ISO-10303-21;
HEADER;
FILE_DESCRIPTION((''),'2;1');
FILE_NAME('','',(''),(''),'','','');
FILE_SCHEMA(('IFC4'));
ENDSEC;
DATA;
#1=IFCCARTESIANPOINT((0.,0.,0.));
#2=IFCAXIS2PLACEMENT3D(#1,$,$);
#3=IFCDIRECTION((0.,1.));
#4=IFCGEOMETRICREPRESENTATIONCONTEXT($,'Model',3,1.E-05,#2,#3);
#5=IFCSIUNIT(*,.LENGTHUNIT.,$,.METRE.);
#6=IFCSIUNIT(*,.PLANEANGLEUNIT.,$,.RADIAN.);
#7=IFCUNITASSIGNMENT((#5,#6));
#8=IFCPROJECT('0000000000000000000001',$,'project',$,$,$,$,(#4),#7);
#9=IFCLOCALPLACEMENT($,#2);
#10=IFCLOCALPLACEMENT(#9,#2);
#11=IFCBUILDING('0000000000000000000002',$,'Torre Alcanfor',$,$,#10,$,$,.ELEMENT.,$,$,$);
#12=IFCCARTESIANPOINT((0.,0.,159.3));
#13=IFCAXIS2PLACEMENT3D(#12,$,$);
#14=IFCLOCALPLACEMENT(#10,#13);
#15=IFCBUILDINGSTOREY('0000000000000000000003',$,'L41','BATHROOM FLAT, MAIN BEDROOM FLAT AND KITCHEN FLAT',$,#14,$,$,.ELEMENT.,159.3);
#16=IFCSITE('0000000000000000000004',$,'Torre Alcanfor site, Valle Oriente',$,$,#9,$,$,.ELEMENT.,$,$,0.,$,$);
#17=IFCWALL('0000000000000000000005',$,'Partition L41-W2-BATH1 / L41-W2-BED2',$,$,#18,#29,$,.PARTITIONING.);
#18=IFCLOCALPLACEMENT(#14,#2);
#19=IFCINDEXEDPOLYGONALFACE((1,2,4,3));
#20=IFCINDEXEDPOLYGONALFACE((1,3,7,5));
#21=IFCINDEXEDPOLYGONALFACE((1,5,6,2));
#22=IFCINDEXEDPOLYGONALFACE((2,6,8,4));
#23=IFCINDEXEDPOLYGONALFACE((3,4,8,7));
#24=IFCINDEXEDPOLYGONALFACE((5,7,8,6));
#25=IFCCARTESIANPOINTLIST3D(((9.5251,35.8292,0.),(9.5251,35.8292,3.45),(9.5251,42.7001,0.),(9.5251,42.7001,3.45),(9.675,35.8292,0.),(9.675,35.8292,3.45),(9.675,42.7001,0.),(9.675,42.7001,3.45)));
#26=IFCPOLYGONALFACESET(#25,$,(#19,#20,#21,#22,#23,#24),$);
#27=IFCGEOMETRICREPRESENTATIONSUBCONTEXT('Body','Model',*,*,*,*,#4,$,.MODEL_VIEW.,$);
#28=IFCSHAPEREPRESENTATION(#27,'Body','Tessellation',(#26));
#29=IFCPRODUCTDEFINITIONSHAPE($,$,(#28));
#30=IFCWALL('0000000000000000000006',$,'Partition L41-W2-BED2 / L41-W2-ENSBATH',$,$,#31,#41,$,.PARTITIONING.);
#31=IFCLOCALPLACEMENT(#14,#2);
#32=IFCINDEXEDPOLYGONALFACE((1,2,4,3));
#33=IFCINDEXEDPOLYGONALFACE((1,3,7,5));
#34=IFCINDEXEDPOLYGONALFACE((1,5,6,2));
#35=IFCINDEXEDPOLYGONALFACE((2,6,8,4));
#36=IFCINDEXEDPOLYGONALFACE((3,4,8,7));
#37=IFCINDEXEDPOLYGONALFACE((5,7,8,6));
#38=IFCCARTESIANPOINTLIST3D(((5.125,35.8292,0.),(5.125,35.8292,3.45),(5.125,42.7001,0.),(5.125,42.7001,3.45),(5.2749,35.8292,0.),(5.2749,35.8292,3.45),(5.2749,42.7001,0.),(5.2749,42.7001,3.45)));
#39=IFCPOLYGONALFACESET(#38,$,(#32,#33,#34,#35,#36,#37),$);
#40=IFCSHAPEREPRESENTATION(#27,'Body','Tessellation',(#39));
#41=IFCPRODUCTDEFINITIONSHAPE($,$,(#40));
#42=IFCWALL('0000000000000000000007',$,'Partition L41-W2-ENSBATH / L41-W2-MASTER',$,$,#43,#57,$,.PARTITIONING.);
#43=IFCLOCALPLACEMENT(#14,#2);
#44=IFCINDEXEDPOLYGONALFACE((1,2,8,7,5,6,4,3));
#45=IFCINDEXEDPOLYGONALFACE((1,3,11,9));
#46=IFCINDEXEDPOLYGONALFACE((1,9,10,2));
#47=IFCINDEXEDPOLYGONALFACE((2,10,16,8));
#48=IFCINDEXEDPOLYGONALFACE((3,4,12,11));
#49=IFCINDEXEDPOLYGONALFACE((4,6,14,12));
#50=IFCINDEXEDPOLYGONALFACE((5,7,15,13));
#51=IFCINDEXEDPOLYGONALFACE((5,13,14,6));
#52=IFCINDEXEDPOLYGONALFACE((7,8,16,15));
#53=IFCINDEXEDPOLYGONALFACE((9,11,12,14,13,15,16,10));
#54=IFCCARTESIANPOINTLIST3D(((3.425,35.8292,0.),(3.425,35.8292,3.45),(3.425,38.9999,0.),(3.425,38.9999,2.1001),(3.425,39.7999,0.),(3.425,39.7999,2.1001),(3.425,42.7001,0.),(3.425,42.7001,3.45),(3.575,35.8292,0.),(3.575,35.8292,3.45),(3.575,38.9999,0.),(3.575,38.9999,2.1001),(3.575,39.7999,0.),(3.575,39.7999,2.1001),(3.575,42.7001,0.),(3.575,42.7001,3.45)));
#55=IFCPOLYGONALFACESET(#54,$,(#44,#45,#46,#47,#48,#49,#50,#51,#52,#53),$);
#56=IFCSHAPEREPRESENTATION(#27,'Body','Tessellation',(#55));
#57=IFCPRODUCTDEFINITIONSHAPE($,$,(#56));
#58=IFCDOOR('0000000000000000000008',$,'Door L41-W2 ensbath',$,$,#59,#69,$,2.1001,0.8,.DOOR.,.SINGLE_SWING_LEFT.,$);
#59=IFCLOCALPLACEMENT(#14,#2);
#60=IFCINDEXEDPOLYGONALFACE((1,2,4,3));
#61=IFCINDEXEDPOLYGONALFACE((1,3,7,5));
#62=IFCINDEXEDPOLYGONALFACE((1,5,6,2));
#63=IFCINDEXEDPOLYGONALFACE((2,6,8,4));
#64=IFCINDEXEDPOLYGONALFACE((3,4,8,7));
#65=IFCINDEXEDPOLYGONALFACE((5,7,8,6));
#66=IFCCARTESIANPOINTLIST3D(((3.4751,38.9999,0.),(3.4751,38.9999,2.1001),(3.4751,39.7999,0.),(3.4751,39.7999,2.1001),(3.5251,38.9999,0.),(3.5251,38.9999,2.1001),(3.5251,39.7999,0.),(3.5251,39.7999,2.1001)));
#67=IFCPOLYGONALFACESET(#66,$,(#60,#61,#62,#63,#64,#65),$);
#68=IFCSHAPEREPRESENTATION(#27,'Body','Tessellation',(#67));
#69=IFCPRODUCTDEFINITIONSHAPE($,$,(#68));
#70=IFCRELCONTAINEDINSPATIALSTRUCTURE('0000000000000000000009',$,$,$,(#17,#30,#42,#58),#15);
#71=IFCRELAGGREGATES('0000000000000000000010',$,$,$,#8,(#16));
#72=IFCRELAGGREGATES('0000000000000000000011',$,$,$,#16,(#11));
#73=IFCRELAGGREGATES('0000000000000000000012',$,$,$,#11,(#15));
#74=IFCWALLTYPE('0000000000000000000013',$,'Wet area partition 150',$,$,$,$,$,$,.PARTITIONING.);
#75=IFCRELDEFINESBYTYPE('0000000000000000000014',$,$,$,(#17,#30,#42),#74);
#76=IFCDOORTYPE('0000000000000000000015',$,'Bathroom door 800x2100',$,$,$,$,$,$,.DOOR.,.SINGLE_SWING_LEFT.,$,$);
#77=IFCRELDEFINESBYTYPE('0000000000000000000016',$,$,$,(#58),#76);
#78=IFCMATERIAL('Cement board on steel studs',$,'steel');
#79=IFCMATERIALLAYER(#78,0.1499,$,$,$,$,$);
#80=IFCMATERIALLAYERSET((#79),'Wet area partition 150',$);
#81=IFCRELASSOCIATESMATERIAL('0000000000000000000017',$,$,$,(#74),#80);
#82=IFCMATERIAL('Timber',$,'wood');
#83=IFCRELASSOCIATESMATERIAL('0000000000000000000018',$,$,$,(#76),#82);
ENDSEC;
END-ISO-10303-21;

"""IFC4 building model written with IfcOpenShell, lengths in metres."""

from ifc_helpers import new_model, si_unit, direction, frame, frame_2d, origin, place, context, subcontext, project, spatial, rectangle, extrude, material, layer, layer_set, type_object, element, fill, save


model = new_model("IFC4")

# Units and contexts
model_context = context("Model", 3, precision=1e-05, world=origin(), true_north=direction((0.0, 1.0)))
body_context = subcontext(model_context, "Body", "Model", "MODEL_VIEW")
ifc_project = project(units=[si_unit("LENGTHUNIT", "METRE"), si_unit("PLANEANGLEUNIT", "RADIAN")], contexts=[model_context])

# Site, building, storey
site_placement = place(None, origin())
site = spatial("IfcSite", under=ifc_project, at=site_placement, Name="Torre Alcanfor site, Valle Oriente", CompositionType="ELEMENT", RefElevation=0.0)
building_placement = place(site_placement, origin())
building = spatial("IfcBuilding", under=site, at=building_placement, Name="Torre Alcanfor", CompositionType="ELEMENT")
storey_placement = place(building_placement, frame((0.0, 0.0, 159.3)))
storey = spatial("IfcBuildingStorey", under=building, at=storey_placement, Name="L41", Description="BATHROOM FLAT, MAIN BEDROOM FLAT AND KITCHEN FLAT", CompositionType="ELEMENT", Elevation=159.3)

# Shared definitions
ifc_material_1 = material(Name="Cement board on steel studs", Category="steel")
ifc_layer_1 = layer(ifc_material_1, 0.1499)
ifc_layer_set_1 = layer_set([ifc_layer_1], Name="Wet area partition 150")
wall_type_1 = type_object("IfcWallType", Name="Wet area partition 150", PredefinedType="PARTITIONING", material=ifc_layer_set_1)
ifc_material_2 = material(Name="Timber", Category="wood")
door_type_1 = type_object("IfcDoorType", Name="Bathroom door 800x2100", OperationType="SINGLE_SWING_LEFT", PredefinedType="DOOR", material=ifc_material_2)

# Walls
for number, where, z_axis, x_axis, name in (
    (1, (9.6001, 35.8291, 0.0), (0.0, 0.0, 1.0), (0.0, 1.0, 0.0), "Partition L41-W2-BATH1 / L41-W2-BED2"),
    (2, (5.2, 35.8291, 0.0), (0.0, 0.0, 1.0), (0.0, 1.0, 0.0), "Partition L41-W2-BED2 / L41-W2-ENSBATH"),
):
    element("IfcWall", number, at=place(storey_placement, frame(where, z_axis=z_axis, x_axis=x_axis)), inside=storey, type_object=wall_type_1, Name=name, PredefinedType="PARTITIONING", context=body_context, shape_type="SweptSolid", body=[
        extrude(rectangle(XDim=6.8708, YDim=0.1499, at=frame_2d((3.4355, 0.0))), origin(), (0.0, 0.0, 1.0), 3.45),
    ])

# Wall, opening, door
wall_1_placement = place(storey_placement, frame((3.5, 35.8291, 0.0), z_axis=(0.0, 0.0, 1.0), x_axis=(0.0, 1.0, 0.0)))
wall_1 = element("IfcWall", 3, at=wall_1_placement, inside=storey, type_object=wall_type_1, Name="Partition L41-W2-ENSBATH / L41-W2-MASTER", PredefinedType="PARTITIONING", context=body_context, shape_type="SweptSolid", body=[
    extrude(rectangle(XDim=6.8708, YDim=0.1499, at=frame_2d((3.4355, 0.0))), origin(), (0.0, 0.0, 1.0), 3.45),
])
opening_1_placement = place(wall_1_placement, frame((3.1709, 0.0, 0.0)))
opening_1 = element("IfcOpeningElement", 4, at=opening_1_placement, cuts=wall_1, PredefinedType="OPENING", context=body_context, shape_type="SweptSolid", body=[
    extrude(rectangle(XDim=0.8, YDim=2.1001, at=frame_2d((0.3999, 1.05))), frame((0.0, 0.085, 0.0), z_axis=(0.0, -1.0, 0.0), x_axis=(1.0, 0.0, 0.0)), (0.0, 0.0, 1.0), 0.1699),
])
door_1_placement = place(opening_1_placement, frame((0.8, 0.0, 0.0), z_axis=(0.0, 0.0, 1.0), x_axis=(-1.0, 0.0, 0.0)))
door_1 = element("IfcDoor", 5, at=door_1_placement, inside=storey, type_object=door_type_1, Name="Door L41-W2 ensbath", OperationType="SINGLE_SWING_LEFT", OverallHeight=2.1001, OverallWidth=0.8, PredefinedType="DOOR", context=body_context, shape_type="SweptSolid", body=[
    extrude(rectangle(XDim=0.8, YDim=2.1001, at=frame_2d((0.4001, 1.05))), frame((0.0, 0.0251, 0.0), z_axis=(0.0, -1.0, 0.0), x_axis=(1.0, 0.0, 0.0)), (0.0, 0.0, 1.0), 0.05),
])
fill(opening_1, door_1)

save(model, "model.ifc")
